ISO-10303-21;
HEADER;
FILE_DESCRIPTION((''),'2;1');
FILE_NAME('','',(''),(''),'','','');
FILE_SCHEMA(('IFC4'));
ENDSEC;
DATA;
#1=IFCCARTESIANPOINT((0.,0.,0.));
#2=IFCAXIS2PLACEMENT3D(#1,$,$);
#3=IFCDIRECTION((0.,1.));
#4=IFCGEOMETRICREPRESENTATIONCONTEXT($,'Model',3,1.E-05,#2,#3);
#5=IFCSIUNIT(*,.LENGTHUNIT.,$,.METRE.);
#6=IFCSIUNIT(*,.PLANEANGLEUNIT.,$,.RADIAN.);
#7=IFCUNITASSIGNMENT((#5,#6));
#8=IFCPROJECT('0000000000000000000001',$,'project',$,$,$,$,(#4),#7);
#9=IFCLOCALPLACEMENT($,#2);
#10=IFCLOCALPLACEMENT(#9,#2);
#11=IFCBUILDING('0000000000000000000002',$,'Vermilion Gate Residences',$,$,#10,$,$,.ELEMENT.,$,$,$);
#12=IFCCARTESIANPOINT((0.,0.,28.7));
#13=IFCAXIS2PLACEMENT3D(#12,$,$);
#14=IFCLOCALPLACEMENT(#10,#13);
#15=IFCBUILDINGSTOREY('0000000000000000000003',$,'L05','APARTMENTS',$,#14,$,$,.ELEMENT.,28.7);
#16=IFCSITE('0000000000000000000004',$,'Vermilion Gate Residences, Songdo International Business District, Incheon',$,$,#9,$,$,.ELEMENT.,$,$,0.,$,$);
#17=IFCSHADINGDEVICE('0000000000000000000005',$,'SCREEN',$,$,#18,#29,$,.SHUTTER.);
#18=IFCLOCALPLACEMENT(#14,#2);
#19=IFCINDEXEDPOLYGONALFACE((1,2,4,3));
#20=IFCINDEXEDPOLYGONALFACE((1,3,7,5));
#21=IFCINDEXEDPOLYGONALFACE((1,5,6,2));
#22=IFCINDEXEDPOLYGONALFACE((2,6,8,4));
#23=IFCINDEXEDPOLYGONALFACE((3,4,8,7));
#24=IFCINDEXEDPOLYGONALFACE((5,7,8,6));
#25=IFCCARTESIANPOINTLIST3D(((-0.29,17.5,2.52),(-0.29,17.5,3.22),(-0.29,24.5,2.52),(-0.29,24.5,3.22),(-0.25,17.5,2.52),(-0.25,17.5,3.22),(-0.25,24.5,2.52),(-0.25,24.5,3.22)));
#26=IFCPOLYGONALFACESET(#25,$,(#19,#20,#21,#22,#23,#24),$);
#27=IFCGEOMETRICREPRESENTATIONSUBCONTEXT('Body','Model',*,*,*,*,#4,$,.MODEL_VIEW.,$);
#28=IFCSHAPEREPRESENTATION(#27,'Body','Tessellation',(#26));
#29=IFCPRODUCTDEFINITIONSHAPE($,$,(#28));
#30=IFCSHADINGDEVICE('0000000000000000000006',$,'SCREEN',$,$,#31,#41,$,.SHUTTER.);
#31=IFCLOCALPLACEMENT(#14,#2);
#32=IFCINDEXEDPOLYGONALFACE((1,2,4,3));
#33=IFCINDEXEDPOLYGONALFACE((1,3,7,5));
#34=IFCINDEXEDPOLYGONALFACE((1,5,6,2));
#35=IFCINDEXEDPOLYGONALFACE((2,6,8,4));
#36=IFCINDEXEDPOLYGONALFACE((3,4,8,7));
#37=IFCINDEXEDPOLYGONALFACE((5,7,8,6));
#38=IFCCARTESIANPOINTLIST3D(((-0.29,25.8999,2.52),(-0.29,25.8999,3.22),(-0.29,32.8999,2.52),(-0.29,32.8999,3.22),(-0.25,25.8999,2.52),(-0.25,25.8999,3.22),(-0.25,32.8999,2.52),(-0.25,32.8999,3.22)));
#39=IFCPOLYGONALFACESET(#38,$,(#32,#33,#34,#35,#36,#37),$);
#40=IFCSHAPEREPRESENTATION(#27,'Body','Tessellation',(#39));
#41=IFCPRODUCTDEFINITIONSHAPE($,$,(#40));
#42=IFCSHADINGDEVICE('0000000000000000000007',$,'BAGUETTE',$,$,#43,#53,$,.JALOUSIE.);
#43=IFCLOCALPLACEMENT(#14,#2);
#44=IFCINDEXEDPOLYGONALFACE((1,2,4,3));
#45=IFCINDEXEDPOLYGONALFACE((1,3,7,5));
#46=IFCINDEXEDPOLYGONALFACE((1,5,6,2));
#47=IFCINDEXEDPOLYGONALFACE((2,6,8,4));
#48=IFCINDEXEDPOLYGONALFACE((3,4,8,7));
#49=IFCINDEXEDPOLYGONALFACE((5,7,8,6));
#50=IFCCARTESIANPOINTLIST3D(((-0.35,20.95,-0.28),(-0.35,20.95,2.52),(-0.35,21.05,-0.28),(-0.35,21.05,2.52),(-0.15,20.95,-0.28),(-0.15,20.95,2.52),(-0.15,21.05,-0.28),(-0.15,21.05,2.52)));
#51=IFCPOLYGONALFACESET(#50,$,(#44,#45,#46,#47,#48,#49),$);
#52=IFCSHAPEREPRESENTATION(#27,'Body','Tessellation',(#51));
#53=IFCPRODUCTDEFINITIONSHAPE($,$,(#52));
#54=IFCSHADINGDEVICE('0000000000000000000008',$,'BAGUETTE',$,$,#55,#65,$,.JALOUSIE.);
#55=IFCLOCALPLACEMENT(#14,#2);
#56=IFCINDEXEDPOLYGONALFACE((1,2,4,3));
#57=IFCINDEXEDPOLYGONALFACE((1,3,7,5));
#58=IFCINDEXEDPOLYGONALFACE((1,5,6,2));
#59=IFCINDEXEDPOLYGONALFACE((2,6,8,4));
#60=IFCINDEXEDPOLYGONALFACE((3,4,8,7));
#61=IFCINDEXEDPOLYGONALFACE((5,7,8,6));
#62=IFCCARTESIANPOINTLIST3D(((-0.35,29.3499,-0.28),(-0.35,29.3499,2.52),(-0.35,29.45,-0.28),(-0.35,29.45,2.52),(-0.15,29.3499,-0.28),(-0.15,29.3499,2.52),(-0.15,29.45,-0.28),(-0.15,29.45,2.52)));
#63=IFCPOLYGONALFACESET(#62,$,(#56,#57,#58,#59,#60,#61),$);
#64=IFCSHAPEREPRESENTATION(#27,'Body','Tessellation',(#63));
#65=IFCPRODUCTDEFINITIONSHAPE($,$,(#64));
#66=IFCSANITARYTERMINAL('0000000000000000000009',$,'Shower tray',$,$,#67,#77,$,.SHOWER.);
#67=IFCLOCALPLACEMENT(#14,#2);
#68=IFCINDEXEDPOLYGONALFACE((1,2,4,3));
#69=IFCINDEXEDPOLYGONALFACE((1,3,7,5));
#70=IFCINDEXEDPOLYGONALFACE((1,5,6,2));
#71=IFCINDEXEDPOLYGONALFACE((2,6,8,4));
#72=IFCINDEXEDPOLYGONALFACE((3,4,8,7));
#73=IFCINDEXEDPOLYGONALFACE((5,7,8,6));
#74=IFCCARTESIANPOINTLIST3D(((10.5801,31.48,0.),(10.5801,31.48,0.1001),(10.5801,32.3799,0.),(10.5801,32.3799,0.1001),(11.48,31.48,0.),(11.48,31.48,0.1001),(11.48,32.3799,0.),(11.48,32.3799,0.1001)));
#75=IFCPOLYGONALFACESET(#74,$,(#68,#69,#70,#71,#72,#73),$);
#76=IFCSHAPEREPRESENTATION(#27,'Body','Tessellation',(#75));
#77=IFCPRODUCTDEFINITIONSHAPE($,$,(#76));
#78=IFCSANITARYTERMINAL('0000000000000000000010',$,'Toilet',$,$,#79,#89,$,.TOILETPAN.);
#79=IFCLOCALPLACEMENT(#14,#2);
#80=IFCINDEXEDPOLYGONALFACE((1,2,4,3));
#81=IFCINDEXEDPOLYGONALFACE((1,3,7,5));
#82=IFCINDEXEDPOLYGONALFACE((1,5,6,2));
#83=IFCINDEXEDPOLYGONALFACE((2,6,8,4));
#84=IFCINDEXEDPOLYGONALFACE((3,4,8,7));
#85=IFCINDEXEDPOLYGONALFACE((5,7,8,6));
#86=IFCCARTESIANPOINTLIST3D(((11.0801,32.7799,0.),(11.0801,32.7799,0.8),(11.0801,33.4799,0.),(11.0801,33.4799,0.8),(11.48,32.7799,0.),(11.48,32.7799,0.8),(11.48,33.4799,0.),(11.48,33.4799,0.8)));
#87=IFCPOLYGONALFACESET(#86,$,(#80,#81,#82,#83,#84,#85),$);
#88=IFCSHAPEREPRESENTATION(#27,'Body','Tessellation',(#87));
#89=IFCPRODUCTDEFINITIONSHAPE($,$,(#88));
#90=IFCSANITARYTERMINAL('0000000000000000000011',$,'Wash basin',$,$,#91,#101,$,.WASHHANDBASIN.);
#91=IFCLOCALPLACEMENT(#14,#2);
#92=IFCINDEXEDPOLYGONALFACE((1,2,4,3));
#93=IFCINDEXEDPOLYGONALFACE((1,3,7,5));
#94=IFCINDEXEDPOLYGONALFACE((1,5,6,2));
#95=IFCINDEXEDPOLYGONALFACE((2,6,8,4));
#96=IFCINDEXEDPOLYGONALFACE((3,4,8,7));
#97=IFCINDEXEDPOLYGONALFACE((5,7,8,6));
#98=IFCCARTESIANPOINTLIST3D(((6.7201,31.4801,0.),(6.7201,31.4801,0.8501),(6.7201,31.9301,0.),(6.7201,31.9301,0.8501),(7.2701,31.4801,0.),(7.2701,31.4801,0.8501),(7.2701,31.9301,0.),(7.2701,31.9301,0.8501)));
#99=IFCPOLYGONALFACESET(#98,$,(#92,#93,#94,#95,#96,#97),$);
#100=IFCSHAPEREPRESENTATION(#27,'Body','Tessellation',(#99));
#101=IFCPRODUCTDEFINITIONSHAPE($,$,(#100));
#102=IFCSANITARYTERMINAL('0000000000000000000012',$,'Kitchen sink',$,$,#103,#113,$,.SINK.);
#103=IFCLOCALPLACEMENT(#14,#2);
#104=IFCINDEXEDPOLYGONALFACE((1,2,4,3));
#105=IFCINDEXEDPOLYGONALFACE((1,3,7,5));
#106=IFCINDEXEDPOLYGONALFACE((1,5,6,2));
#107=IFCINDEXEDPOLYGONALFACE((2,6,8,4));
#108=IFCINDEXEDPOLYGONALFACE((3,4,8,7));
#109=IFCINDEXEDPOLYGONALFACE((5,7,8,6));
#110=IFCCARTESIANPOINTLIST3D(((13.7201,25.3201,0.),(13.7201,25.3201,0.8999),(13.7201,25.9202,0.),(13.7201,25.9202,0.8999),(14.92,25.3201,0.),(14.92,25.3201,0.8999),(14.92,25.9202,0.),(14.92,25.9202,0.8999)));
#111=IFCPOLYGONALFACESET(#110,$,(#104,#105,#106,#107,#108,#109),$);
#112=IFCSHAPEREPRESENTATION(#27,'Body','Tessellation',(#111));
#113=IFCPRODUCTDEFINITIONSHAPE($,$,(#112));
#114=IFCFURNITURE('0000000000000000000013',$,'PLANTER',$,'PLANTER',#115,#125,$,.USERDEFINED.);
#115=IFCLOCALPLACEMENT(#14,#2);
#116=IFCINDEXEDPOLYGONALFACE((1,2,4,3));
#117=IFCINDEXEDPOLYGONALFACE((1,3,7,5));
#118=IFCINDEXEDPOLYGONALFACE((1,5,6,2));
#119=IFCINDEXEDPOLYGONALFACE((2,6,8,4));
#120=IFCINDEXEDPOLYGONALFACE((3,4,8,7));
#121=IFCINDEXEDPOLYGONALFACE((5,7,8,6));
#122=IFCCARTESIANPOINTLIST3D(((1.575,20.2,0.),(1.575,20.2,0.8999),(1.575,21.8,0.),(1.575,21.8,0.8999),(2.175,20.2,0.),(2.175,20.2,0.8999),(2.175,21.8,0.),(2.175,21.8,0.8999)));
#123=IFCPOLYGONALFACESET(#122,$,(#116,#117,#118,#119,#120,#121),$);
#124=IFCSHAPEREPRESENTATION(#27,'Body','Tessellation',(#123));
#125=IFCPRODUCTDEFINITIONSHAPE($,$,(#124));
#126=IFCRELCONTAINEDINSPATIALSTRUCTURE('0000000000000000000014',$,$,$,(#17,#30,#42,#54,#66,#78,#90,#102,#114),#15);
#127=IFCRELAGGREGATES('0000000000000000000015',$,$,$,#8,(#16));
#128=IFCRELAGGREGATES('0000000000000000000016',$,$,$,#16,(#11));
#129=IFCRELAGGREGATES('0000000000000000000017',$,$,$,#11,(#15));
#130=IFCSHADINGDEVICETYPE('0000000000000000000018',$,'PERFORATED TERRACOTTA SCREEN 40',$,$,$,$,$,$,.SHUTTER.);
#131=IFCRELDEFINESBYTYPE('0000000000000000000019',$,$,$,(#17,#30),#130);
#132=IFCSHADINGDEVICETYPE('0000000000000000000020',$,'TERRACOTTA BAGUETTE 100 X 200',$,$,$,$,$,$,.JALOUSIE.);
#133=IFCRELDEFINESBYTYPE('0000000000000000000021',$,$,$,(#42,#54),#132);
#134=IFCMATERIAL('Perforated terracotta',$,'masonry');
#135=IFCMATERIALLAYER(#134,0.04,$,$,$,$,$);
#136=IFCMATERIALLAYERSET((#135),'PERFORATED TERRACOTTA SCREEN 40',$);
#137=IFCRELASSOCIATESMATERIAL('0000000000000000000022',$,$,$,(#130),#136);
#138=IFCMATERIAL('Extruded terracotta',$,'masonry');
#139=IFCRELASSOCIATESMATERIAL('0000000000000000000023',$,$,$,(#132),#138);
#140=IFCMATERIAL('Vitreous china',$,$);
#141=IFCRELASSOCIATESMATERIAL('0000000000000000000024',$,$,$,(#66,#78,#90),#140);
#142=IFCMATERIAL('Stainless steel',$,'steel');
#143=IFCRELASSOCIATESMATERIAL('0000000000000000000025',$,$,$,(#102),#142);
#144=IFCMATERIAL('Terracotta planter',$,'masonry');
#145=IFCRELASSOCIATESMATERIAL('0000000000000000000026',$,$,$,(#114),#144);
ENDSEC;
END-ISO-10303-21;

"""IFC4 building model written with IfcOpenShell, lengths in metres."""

from ifc_helpers import new_model, si_unit, direction, frame, origin, origin_2d, place, context, subcontext, project, spatial, rectangle, extrude, material, layer, layer_set, material_profile, profile_set, type_object, element, save


model = new_model("IFC4")

# Units and contexts
model_context = context("Model", 3, precision=1e-05, world=origin(), true_north=direction((0.0, 1.0)))
body_context = subcontext(model_context, "Body", "Model", "MODEL_VIEW")
ifc_project = project(units=[si_unit("LENGTHUNIT", "METRE"), si_unit("PLANEANGLEUNIT", "RADIAN")], contexts=[model_context])

# Site, building, storey
site_placement = place(None, origin())
site = spatial("IfcSite", under=ifc_project, at=site_placement, Name="Vermilion Gate Residences, Songdo International Business District, Incheon", CompositionType="ELEMENT", RefElevation=0.0)
building_placement = place(site_placement, origin())
building = spatial("IfcBuilding", under=site, at=building_placement, Name="Vermilion Gate Residences", CompositionType="ELEMENT")
storey_placement = place(building_placement, frame((0.0, 0.0, 28.7)))
storey = spatial("IfcBuildingStorey", under=building, at=storey_placement, Name="L05", Description="APARTMENTS", CompositionType="ELEMENT", Elevation=28.7)

# Shading devices
ifc_material_1 = material(Name="Perforated terracotta", Category="masonry")
ifc_layer_1 = layer(ifc_material_1, 0.04)
ifc_layer_set_1 = layer_set([ifc_layer_1], Name="PERFORATED TERRACOTTA SCREEN 40")
shading_device_type_1 = type_object("IfcShadingDeviceType", Name="PERFORATED TERRACOTTA SCREEN 40", PredefinedType="SHUTTER", material=ifc_layer_set_1)
for number, where, z_axis, x_axis, name in (
    (1, (-0.27, 21.0, 2.52), (0.0, 0.0, 1.0), (0.0, -1.0, 0.0), "SCREEN"),
    (2, (-0.27, 29.3999, 2.52), (0.0, 0.0, 1.0), (0.0, -1.0, 0.0), "SCREEN"),
):
    element("IfcShadingDevice", number, at=place(storey_placement, frame(where, z_axis=z_axis, x_axis=x_axis)), inside=storey, type_object=shading_device_type_1, Name=name, PredefinedType="SHUTTER", context=body_context, shape_type="SweptSolid", body=[
        extrude(rectangle(XDim=7.0, YDim=0.04, at=origin_2d()), origin(), (0.0, 0.0, 1.0), 0.7),
    ])
ifc_material_2 = material(Name="Extruded terracotta", Category="masonry")
ifc_material_profile_1 = material_profile(ifc_material_2, rectangle(XDim=0.2, YDim=0.1001, at=origin_2d()), Name="BAGUETTE 100 X 200")
ifc_profile_set_1 = profile_set([ifc_material_profile_1], Name="Extruded terracotta")
shading_device_type_2 = type_object("IfcShadingDeviceType", Name="TERRACOTTA BAGUETTE 100 X 200", PredefinedType="JALOUSIE", material=ifc_profile_set_1)
for number, where, z_axis, x_axis, name in (
    (3, (-0.25, 21.0, -0.28), (0.0, 0.0, 1.0), (1.0, 0.0, 0.0), "BAGUETTE"),
    (4, (-0.25, 29.3999, -0.28), (0.0, 0.0, 1.0), (1.0, 0.0, 0.0), "BAGUETTE"),
):
    element("IfcShadingDevice", number, at=place(storey_placement, frame(where, z_axis=z_axis, x_axis=x_axis)), inside=storey, type_object=shading_device_type_2, Name=name, PredefinedType="JALOUSIE", context=body_context, shape_type="SweptSolid", body=[
        extrude(rectangle(XDim=0.2, YDim=0.1001, at=origin_2d()), origin(), (0.0, 0.0, 1.0), 2.8),
    ])

# Sanitary terminals
ifc_material_3 = material(Name="Vitreous china")
sanitary_terminal_1_placement = place(storey_placement, frame((11.03, 31.9299, 0.0), z_axis=(0.0, 0.0, 1.0), x_axis=(1.0, 0.0, 0.0)))
element("IfcSanitaryTerminal", 5, at=sanitary_terminal_1_placement, inside=storey, material=ifc_material_3, Name="Shower tray", PredefinedType="SHOWER", context=body_context, shape_type="SweptSolid", body=[
    extrude(rectangle(XDim=0.8999, YDim=0.8999, at=origin_2d()), origin(), (0.0, 0.0, 1.0), 0.1001),
])
sanitary_terminal_2_placement = place(storey_placement, frame((11.28, 33.1299, 0.0), z_axis=(0.0, 0.0, 1.0), x_axis=(1.0, 0.0, 0.0)))
element("IfcSanitaryTerminal", 6, at=sanitary_terminal_2_placement, inside=storey, material=ifc_material_3, Name="Toilet", PredefinedType="TOILETPAN", context=body_context, shape_type="SweptSolid", body=[
    extrude(rectangle(XDim=0.3999, YDim=0.7, at=origin_2d()), origin(), (0.0, 0.0, 1.0), 0.8),
])
sanitary_terminal_3_placement = place(storey_placement, frame((6.9951, 31.7051, 0.0), z_axis=(0.0, 0.0, 1.0), x_axis=(1.0, 0.0, 0.0)))
element("IfcSanitaryTerminal", 7, at=sanitary_terminal_3_placement, inside=storey, material=ifc_material_3, Name="Wash basin", PredefinedType="WASHHANDBASIN", context=body_context, shape_type="SweptSolid", body=[
    extrude(rectangle(XDim=0.55, YDim=0.45, at=origin_2d()), origin(), (0.0, 0.0, 1.0), 0.8501),
])
ifc_material_4 = material(Name="Stainless steel", Category="steel")
sanitary_terminal_4_placement = place(storey_placement, frame((14.3201, 25.6201, 0.0), z_axis=(0.0, 0.0, 1.0), x_axis=(1.0, 0.0, 0.0)))
element("IfcSanitaryTerminal", 8, at=sanitary_terminal_4_placement, inside=storey, material=ifc_material_4, Name="Kitchen sink", PredefinedType="SINK", context=body_context, shape_type="SweptSolid", body=[
    extrude(rectangle(XDim=1.2, YDim=0.6001, at=origin_2d()), origin(), (0.0, 0.0, 1.0), 0.8999),
])

# Furniture
ifc_material_5 = material(Name="Terracotta planter", Category="masonry")
furniture_placement = place(storey_placement, frame((1.875, 21.0, 0.0), z_axis=(0.0, 0.0, 1.0), x_axis=(0.0, -1.0, 0.0)))
element("IfcFurniture", 9, at=furniture_placement, inside=storey, material=ifc_material_5, Name="PLANTER", ObjectType="PLANTER", PredefinedType="USERDEFINED", context=body_context, shape_type="SweptSolid", body=[
    extrude(rectangle(XDim=1.6001, YDim=0.6001, at=origin_2d()), origin(), (0.0, 0.0, 1.0), 0.8999),
])

save(model, "model.ifc")
